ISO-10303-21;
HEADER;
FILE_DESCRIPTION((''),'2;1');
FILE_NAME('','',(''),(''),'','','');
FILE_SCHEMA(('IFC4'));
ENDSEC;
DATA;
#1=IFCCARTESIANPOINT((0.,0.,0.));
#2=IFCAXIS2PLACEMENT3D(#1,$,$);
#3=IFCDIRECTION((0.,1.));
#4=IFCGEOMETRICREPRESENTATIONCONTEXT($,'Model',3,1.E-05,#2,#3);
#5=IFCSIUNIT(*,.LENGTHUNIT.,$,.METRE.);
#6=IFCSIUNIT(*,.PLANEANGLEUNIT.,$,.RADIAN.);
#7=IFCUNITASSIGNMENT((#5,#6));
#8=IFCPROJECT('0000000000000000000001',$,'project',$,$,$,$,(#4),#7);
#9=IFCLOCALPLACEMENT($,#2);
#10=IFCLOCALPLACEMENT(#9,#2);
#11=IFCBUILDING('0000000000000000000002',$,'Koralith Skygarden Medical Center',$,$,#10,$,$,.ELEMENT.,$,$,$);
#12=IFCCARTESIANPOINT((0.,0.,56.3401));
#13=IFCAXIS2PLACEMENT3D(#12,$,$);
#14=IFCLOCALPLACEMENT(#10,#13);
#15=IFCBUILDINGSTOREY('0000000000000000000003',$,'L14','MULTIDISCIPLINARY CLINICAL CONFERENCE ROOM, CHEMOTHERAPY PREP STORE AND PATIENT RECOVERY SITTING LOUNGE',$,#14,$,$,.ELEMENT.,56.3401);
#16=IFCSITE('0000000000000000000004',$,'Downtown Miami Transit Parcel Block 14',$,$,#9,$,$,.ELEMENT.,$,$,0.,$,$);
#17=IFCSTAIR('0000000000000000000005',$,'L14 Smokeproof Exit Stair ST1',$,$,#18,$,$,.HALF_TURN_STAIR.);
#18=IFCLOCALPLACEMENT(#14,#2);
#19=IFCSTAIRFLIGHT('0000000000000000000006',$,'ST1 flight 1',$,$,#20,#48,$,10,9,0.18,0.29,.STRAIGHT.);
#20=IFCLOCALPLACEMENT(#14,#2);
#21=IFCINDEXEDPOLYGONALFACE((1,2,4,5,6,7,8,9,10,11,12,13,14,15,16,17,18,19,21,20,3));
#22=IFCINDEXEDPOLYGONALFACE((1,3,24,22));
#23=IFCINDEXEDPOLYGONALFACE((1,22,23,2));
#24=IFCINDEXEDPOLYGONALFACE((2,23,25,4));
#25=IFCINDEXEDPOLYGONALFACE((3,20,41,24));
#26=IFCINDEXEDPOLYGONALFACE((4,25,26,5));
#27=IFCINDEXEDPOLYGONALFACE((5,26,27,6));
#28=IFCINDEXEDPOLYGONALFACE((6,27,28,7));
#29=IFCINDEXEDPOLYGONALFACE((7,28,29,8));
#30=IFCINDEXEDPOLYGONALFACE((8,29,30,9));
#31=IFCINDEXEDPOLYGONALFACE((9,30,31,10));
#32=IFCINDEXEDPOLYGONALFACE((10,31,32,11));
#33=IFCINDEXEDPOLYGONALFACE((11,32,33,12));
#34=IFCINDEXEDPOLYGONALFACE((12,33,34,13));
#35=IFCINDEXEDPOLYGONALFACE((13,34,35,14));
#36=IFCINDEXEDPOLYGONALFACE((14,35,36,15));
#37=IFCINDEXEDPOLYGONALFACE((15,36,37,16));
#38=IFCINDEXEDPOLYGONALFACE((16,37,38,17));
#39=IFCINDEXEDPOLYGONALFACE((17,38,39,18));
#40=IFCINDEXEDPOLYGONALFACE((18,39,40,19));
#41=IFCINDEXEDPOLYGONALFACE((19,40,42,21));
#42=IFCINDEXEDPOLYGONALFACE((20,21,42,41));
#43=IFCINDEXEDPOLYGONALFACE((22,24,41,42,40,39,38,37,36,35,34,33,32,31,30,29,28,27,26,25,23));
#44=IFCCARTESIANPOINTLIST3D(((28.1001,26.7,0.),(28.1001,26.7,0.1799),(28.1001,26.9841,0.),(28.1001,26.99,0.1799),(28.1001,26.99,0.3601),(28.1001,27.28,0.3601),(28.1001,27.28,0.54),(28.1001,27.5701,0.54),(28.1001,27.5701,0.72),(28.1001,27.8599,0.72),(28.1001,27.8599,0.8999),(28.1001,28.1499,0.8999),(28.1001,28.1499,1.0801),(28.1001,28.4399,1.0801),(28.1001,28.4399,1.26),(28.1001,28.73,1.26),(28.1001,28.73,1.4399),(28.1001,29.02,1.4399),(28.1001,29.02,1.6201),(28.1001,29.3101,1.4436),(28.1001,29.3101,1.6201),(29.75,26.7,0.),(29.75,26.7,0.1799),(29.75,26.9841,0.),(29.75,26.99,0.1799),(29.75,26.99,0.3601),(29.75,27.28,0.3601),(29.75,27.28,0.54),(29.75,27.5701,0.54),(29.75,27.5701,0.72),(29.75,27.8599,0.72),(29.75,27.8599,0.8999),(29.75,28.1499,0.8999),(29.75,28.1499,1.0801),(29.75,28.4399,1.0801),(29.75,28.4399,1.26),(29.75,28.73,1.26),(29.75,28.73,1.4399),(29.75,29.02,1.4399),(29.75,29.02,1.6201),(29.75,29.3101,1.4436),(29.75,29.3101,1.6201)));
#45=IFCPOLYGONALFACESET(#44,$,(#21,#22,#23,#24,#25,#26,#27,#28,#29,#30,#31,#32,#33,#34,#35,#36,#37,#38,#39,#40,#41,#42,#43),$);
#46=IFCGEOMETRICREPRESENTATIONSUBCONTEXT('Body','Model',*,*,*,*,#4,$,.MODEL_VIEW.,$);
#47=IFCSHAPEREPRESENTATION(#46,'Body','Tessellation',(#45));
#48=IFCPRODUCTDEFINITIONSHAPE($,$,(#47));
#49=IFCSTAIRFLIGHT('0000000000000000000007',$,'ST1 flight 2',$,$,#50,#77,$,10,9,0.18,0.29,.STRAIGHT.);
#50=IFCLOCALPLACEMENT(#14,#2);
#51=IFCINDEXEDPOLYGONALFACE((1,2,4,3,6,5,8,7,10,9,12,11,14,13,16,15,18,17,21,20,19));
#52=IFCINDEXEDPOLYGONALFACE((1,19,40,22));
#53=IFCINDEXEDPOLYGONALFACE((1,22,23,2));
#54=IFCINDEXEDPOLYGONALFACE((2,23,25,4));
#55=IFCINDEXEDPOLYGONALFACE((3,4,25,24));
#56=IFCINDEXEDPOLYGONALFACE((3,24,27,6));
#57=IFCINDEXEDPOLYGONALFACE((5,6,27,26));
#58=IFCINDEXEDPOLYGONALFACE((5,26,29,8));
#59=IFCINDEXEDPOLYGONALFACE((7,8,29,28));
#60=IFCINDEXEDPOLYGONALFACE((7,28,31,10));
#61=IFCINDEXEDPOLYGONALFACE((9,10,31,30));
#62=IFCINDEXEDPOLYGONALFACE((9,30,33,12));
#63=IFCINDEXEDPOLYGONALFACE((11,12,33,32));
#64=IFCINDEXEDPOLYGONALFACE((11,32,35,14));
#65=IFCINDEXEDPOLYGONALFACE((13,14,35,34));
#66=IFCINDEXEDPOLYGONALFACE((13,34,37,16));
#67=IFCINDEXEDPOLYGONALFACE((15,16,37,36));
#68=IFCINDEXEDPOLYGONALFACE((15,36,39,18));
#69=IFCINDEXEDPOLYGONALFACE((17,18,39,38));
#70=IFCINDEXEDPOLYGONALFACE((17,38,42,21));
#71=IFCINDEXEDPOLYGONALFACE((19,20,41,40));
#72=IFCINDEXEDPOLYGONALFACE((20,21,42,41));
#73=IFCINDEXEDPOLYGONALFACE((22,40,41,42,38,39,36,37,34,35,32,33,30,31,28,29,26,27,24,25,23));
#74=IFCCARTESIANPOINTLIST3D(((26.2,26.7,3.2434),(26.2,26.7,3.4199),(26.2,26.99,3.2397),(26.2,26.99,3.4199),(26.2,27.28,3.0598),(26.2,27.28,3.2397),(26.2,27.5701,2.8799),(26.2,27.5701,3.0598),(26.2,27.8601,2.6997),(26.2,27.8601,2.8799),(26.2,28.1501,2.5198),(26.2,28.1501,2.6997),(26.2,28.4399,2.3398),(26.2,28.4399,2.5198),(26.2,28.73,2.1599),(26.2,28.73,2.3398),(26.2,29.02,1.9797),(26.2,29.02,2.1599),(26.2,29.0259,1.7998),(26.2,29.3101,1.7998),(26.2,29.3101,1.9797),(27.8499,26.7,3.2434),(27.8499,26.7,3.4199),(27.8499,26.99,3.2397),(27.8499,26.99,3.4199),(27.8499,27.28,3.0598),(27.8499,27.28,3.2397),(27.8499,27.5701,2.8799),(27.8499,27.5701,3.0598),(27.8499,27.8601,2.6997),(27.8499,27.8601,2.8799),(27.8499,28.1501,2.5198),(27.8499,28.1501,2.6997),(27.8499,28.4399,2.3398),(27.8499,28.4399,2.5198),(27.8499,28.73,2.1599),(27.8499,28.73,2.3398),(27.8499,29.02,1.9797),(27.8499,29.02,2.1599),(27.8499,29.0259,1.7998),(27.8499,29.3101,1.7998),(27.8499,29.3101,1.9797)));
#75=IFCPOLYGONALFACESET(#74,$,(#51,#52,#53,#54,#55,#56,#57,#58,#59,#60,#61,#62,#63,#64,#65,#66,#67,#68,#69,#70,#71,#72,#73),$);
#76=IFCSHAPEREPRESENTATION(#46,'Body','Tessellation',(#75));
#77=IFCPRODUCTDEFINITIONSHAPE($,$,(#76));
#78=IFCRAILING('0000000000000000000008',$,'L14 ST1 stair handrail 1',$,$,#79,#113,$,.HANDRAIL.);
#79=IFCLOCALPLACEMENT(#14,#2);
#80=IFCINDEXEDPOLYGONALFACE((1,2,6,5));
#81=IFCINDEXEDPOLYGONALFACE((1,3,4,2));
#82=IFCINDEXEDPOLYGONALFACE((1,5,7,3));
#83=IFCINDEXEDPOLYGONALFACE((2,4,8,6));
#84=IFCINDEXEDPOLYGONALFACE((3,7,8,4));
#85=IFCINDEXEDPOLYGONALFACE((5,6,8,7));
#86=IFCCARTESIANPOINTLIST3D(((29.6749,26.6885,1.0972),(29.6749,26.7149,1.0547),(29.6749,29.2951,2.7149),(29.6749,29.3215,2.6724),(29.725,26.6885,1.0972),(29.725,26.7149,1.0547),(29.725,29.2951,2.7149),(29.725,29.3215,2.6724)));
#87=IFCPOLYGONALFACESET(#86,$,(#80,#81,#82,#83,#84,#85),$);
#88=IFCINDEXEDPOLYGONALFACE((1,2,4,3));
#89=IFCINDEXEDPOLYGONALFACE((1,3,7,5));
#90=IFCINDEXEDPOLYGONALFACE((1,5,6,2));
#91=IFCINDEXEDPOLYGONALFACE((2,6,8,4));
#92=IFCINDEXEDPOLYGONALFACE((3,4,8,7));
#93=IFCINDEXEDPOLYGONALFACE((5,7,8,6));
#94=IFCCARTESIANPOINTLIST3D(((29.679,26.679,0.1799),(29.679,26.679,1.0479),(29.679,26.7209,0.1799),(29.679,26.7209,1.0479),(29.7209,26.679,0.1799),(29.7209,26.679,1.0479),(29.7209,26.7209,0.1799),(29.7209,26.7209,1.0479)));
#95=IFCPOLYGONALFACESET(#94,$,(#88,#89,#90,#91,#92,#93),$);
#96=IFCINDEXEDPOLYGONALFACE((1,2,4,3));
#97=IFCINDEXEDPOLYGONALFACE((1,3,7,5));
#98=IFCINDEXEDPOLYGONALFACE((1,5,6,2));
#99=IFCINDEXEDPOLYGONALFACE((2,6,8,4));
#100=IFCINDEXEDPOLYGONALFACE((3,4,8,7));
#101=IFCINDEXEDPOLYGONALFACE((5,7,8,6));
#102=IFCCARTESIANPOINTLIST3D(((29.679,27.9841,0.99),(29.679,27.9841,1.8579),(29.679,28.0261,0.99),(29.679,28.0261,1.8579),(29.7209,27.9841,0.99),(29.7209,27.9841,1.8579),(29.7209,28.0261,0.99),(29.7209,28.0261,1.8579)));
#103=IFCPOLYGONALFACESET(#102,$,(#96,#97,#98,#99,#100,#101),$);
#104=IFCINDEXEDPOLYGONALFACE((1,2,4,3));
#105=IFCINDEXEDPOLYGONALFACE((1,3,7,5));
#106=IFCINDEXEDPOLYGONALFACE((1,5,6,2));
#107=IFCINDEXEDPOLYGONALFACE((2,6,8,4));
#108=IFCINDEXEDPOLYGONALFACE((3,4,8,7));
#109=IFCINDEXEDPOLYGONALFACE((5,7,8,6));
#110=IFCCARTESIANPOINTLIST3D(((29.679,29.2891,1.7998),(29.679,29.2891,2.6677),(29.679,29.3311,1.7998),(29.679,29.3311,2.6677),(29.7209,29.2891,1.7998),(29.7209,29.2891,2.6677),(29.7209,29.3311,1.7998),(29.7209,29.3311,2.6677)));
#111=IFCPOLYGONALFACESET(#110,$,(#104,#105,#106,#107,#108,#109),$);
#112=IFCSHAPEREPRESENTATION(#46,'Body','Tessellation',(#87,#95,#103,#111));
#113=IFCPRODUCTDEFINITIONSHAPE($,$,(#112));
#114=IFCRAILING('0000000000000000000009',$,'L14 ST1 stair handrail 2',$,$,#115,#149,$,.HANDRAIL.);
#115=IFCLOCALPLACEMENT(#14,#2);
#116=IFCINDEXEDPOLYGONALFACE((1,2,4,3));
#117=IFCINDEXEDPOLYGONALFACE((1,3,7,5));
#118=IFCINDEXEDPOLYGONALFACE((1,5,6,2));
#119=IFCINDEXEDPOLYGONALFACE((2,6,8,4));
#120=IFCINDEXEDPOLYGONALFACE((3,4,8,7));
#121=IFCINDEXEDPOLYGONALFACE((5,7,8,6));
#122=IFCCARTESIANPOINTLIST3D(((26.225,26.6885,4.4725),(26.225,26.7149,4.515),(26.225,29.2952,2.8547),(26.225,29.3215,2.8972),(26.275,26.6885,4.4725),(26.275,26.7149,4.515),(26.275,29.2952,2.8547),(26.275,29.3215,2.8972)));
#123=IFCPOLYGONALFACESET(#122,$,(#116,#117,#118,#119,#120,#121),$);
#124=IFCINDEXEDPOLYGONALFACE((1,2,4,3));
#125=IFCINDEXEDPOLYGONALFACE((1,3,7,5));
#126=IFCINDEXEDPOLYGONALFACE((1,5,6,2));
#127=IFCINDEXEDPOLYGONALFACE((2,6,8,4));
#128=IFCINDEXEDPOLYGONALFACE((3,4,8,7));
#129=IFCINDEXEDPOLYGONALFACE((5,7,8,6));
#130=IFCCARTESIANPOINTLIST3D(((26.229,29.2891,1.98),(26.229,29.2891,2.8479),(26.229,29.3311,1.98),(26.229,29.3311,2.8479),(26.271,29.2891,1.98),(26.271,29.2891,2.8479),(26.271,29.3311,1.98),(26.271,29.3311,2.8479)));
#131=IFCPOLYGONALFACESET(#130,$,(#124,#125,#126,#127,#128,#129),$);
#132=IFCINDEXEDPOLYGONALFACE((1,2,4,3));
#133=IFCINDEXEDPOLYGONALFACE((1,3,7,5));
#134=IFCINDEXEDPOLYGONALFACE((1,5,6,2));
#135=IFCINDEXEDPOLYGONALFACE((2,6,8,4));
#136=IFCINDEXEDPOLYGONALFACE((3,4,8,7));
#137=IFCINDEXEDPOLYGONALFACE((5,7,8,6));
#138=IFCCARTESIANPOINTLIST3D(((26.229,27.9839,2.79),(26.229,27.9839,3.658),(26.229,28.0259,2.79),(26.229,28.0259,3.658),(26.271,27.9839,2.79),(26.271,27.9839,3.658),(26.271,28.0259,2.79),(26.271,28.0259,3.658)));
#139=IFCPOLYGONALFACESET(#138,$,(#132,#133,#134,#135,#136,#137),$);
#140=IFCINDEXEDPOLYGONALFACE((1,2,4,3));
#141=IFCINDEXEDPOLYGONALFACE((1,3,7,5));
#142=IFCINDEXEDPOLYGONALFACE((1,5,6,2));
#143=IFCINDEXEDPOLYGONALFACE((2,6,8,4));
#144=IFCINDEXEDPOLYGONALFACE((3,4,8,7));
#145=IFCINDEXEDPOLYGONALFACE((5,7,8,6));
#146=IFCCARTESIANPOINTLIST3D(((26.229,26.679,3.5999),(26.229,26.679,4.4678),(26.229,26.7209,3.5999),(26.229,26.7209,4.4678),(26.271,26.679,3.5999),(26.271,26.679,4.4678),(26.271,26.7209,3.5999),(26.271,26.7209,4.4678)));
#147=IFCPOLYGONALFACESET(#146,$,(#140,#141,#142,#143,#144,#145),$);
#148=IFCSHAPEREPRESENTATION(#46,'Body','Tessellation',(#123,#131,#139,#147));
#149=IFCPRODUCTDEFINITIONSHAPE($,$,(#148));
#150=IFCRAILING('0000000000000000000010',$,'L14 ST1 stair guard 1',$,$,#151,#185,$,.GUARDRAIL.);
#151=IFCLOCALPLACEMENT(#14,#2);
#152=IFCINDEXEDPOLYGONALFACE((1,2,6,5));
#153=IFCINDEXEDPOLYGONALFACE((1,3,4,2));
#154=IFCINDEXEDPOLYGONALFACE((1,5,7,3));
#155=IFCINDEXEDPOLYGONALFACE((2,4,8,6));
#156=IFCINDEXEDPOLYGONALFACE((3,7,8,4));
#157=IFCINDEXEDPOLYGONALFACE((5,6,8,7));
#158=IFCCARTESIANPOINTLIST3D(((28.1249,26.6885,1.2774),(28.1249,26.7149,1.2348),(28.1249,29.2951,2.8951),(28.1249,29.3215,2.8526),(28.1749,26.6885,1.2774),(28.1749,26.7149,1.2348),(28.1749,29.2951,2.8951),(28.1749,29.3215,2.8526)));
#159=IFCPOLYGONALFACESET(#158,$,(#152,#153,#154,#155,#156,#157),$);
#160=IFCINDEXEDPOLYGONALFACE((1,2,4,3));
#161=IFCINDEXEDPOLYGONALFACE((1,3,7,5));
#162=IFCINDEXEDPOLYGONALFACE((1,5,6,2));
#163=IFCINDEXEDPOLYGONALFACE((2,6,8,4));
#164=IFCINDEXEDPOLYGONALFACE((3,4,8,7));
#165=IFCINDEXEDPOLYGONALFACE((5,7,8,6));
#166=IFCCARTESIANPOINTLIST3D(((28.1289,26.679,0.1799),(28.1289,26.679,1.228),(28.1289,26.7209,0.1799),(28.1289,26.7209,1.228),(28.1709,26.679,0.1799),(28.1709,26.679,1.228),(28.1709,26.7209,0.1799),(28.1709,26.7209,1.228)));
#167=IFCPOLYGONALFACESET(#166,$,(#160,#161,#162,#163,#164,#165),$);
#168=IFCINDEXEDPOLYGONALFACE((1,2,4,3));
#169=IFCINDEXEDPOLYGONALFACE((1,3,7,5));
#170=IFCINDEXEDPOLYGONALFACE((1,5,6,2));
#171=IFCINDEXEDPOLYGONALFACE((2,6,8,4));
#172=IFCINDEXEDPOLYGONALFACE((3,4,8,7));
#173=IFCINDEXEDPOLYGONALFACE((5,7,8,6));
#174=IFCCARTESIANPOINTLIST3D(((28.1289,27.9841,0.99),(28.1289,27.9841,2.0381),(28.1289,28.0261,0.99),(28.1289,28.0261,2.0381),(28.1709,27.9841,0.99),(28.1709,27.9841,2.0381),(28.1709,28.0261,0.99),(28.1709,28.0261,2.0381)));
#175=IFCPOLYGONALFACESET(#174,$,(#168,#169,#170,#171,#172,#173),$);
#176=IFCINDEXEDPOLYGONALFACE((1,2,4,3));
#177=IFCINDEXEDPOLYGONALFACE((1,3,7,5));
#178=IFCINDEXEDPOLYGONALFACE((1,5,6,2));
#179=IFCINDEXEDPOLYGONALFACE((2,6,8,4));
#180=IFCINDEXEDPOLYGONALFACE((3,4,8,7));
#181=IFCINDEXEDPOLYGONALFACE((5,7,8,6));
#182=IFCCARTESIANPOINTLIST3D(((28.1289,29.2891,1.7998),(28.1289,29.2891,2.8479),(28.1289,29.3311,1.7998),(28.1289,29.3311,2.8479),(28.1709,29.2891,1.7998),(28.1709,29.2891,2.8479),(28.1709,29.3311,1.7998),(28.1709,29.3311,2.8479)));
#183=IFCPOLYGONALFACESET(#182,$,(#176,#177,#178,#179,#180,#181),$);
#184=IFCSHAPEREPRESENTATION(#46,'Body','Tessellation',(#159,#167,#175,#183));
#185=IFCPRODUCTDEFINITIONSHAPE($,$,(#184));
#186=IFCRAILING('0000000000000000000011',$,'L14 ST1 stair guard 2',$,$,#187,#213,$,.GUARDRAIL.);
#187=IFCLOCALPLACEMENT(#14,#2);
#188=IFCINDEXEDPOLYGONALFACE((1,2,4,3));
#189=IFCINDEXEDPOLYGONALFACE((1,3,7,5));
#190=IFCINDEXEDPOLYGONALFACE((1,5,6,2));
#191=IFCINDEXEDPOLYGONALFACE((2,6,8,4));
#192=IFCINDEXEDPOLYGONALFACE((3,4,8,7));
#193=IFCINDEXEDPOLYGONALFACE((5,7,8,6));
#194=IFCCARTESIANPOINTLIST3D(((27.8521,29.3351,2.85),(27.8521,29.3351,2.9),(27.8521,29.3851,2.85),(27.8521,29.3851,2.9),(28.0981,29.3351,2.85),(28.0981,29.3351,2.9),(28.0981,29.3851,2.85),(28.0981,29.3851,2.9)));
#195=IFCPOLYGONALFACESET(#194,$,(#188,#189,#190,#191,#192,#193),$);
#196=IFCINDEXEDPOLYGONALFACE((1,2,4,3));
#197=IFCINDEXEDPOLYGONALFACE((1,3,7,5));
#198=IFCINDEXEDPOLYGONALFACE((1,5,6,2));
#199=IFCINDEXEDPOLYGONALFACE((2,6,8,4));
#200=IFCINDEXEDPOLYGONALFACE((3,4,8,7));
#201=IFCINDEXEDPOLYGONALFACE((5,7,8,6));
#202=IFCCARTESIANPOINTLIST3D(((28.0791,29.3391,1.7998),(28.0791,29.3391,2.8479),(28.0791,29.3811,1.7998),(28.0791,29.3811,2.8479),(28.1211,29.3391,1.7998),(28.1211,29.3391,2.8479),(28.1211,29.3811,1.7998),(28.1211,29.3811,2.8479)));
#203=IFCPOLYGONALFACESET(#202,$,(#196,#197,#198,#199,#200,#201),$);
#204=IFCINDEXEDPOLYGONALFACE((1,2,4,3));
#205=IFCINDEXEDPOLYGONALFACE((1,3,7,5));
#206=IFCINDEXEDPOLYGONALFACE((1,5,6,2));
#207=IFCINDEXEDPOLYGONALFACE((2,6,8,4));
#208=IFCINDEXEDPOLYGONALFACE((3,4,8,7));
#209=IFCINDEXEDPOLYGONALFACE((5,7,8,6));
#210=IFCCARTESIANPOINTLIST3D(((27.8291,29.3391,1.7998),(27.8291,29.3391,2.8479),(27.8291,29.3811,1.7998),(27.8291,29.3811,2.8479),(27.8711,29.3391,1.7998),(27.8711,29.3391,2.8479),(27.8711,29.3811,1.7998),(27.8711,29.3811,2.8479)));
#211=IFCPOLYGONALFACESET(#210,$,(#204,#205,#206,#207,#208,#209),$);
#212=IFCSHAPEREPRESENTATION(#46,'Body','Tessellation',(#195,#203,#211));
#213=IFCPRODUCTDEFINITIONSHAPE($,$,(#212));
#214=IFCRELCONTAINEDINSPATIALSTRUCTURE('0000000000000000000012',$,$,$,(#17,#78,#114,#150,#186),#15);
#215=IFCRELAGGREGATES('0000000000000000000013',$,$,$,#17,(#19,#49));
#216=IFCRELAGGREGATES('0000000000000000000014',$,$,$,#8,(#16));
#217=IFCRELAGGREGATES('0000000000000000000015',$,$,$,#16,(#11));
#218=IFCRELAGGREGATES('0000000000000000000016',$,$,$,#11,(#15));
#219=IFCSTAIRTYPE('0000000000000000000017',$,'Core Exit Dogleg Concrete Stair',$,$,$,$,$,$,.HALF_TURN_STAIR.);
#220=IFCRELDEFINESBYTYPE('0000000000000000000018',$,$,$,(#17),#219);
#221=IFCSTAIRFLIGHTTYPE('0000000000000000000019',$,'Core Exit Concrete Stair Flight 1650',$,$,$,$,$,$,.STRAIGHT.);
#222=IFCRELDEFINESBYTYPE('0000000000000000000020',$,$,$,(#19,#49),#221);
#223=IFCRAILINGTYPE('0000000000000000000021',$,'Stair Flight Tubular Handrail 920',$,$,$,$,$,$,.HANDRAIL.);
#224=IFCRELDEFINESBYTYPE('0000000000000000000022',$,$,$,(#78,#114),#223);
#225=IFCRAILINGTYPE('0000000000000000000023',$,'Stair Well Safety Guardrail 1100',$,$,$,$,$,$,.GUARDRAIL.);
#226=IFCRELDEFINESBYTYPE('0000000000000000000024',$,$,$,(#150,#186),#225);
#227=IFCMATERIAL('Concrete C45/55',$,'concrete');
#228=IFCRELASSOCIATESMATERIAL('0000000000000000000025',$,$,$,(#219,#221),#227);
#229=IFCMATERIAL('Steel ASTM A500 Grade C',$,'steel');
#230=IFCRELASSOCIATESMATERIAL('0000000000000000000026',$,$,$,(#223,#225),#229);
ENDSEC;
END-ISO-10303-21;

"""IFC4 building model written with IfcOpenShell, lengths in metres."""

from ifc_helpers import new_model, si_unit, direction, frame, origin, origin_2d, place, context, subcontext, project, spatial, polyline, rectangle, outline, extrude, material, type_object, element, aggregate, save


model = new_model("IFC4")

# Units and contexts
model_context = context("Model", 3, precision=1e-05, world=origin(), true_north=direction((0.0, 1.0)))
body_context = subcontext(model_context, "Body", "Model", "MODEL_VIEW")
ifc_project = project(units=[si_unit("LENGTHUNIT", "METRE"), si_unit("PLANEANGLEUNIT", "RADIAN")], contexts=[model_context])

# Site, building, storey
site_placement = place(None, origin())
site = spatial("IfcSite", under=ifc_project, at=site_placement, Name="Downtown Miami Transit Parcel Block 14", CompositionType="ELEMENT", RefElevation=0.0)
building_placement = place(site_placement, origin())
building = spatial("IfcBuilding", under=site, at=building_placement, Name="Koralith Skygarden Medical Center", CompositionType="ELEMENT")
storey_placement = place(building_placement, frame((0.0, 0.0, 56.3401)))
storey = spatial("IfcBuildingStorey", under=building, at=storey_placement, Name="L14", Description="MULTIDISCIPLINARY CLINICAL CONFERENCE ROOM, CHEMOTHERAPY PREP STORE AND PATIENT RECOVERY SITTING LOUNGE", CompositionType="ELEMENT", Elevation=56.3401)

# Shared definitions
ifc_material_1 = material(Name="Concrete C45/55", Category="concrete")

# Shared definitions
ifc_material_2 = material(Name="Steel ASTM A500 Grade C", Category="steel")

# Stair, stair flights
stair_type = type_object("IfcStairType", Name="Core Exit Dogleg Concrete Stair", PredefinedType="HALF_TURN_STAIR", material=ifc_material_1)
stair_placement = place(storey_placement, origin())
stair = element("IfcStair", 1, at=stair_placement, inside=storey, type_object=stair_type, Name="L14 Smokeproof Exit Stair ST1", PredefinedType="HALF_TURN_STAIR")
stair_flight_type = type_object("IfcStairFlightType", Name="Core Exit Concrete Stair Flight 1650", PredefinedType="STRAIGHT", material=ifc_material_1)
stair_flight_1_placement = place(storey_placement, frame((28.925, 26.7, 0.0), z_axis=(0.0, 0.0, 1.0), x_axis=(0.0, 1.0, 0.0)))
stair_flight_1 = element("IfcStairFlight", 2, at=stair_flight_1_placement, type_object=stair_flight_type, Name="ST1 flight 1", NumberOfRisers=10, NumberOfTreads=9, PredefinedType="STRAIGHT", RiserHeight=0.18, TreadLength=0.29, context=body_context, shape_type="SweptSolid", body=[
    extrude(outline(polyline([(0.0, 0.0), (0.0, 0.1799), (0.29, 0.1799), (0.29, 0.3601), (0.5801, 0.3601), (0.5801, 0.54), (0.8701, 0.54), (0.8701, 0.72), (1.1599, 0.72), (1.1599, 0.8999), (1.45, 0.8999), (1.45, 1.0801), (1.74, 1.0801), (1.74, 1.26), (2.03, 1.26), (2.03, 1.4399), (2.3201, 1.4399), (2.3201, 1.6201), (2.6101, 1.6201), (2.6101, 1.8), (2.6101, 1.4436), (0.2842, 0.0), (0.0, 0.0)])), frame((0.0, 0.825, 0.0), z_axis=(0.0, -1.0, 0.0), x_axis=(1.0, 0.0, 0.0)), (0.0, 0.0, 1.0), 1.6499),
])
stair_flight_2_placement = place(storey_placement, frame((27.0249, 29.3101, 1.7998), z_axis=(0.0, 0.0, 1.0), x_axis=(0.0, -1.0, 0.0)))
stair_flight_2 = element("IfcStairFlight", 3, at=stair_flight_2_placement, type_object=stair_flight_type, Name="ST1 flight 2", NumberOfRisers=10, NumberOfTreads=9, PredefinedType="STRAIGHT", RiserHeight=0.18, TreadLength=0.29, context=body_context, shape_type="SweptSolid", body=[
    extrude(outline(polyline([(0.0, 0.0), (0.0, 0.1799), (0.29, 0.1799), (0.29, 0.3601), (0.5801, 0.3601), (0.5801, 0.54), (0.8701, 0.54), (0.8701, 0.72), (1.1599, 0.72), (1.1599, 0.8999), (1.45, 0.8999), (1.45, 1.0801), (1.74, 1.0801), (1.74, 1.26), (2.03, 1.26), (2.03, 1.4399), (2.3201, 1.4399), (2.3201, 1.6201), (2.6101, 1.6201), (2.6101, 1.8), (2.6101, 1.4436), (0.2842, 0.0), (0.0, 0.0)])), frame((0.0, 0.825, 0.0), z_axis=(0.0, -1.0, 0.0), x_axis=(1.0, 0.0, 0.0)), (0.0, 0.0, 1.0), 1.6499),
])
aggregate(stair, [stair_flight_1, stair_flight_2])

# Railings
railing_type_1 = type_object("IfcRailingType", Name="Stair Flight Tubular Handrail 920", PredefinedType="HANDRAIL", material=ifc_material_2)
railing_1_placement = place(storey_placement, frame((29.7, 26.7, 0.1799)))
element("IfcRailing", 4, at=railing_1_placement, inside=storey, type_object=railing_type_1, Name="L14 ST1 stair handrail 1", PredefinedType="HANDRAIL", context=body_context, shape_type="SweptSolid", body=[
    extrude(rectangle(XDim=0.05, YDim=0.05, at=origin_2d()), frame((0.0, 0.0017, 0.896), z_axis=(0.0, 0.849668, 0.527317), x_axis=(-1.0, 0.0, 0.0)), (0.0, 0.0, 1.0), 3.0679),
    extrude(rectangle(XDim=0.042, YDim=0.042, at=origin_2d()), origin(), (0.0, 0.0, 1.0), 0.8679),
    extrude(rectangle(XDim=0.042, YDim=0.042, at=origin_2d()), frame((0.0, 1.3052, 0.8101)), (0.0, 0.0, 1.0), 0.8679),
    extrude(rectangle(XDim=0.042, YDim=0.042, at=origin_2d()), frame((0.0, 2.6101, 1.6199)), (0.0, 0.0, 1.0), 0.8679),
])
railing_2_placement = place(storey_placement, frame((26.25, 29.3101, 1.98)))
element("IfcRailing", 5, at=railing_2_placement, inside=storey, type_object=railing_type_1, Name="L14 ST1 stair handrail 2", PredefinedType="HANDRAIL", context=body_context, shape_type="SweptSolid", body=[
    extrude(rectangle(XDim=0.05, YDim=0.05, at=origin_2d()), frame((0.0, -0.0017, 0.896), z_axis=(0.0, -0.849668, 0.527317), x_axis=(1.0, 0.0, 0.0)), (0.0, 0.0, 1.0), 3.0679),
    extrude(rectangle(XDim=0.042, YDim=0.042, at=origin_2d()), origin(), (0.0, 0.0, 1.0), 0.8679),
    extrude(rectangle(XDim=0.042, YDim=0.042, at=origin_2d()), frame((0.0, -1.3052, 0.8101)), (0.0, 0.0, 1.0), 0.8679),
    extrude(rectangle(XDim=0.042, YDim=0.042, at=origin_2d()), frame((0.0, -2.6101, 1.6199)), (0.0, 0.0, 1.0), 0.8679),
])
railing_type_2 = type_object("IfcRailingType", Name="Stair Well Safety Guardrail 1100", PredefinedType="GUARDRAIL", material=ifc_material_2)
railing_3_placement = place(storey_placement, frame((28.1499, 26.7, 0.1799)))
element("IfcRailing", 6, at=railing_3_placement, inside=storey, type_object=railing_type_2, Name="L14 ST1 stair guard 1", PredefinedType="GUARDRAIL", context=body_context, shape_type="SweptSolid", body=[
    extrude(rectangle(XDim=0.05, YDim=0.05, at=origin_2d()), frame((0.0, 0.0017, 1.0762), z_axis=(0.0, 0.849668, 0.527317), x_axis=(-1.0, 0.0, 0.0)), (0.0, 0.0, 1.0), 3.0679),
    extrude(rectangle(XDim=0.042, YDim=0.042, at=origin_2d()), origin(), (0.0, 0.0, 1.0), 1.0481),
    extrude(rectangle(XDim=0.042, YDim=0.042, at=origin_2d()), frame((0.0, 1.3052, 0.8101)), (0.0, 0.0, 1.0), 1.0481),
    extrude(rectangle(XDim=0.042, YDim=0.042, at=origin_2d()), frame((0.0, 2.6101, 1.6199)), (0.0, 0.0, 1.0), 1.0481),
])
railing_4_placement = place(storey_placement, frame((28.1001, 29.3601, 1.7998)))
element("IfcRailing", 7, at=railing_4_placement, inside=storey, type_object=railing_type_2, Name="L14 ST1 stair guard 2", PredefinedType="GUARDRAIL", context=body_context, shape_type="SweptSolid", body=[
    extrude(rectangle(XDim=0.05, YDim=0.05, at=origin_2d()), frame((-0.002, 0.0, 1.0752), z_axis=(-1.0, 0.0, 0.0), x_axis=(0.0, -1.0, 0.0)), (0.0, 0.0, 1.0), 0.2461),
    extrude(rectangle(XDim=0.042, YDim=0.042, at=origin_2d()), origin(), (0.0, 0.0, 1.0), 1.0481),
    extrude(rectangle(XDim=0.042, YDim=0.042, at=origin_2d()), frame((-0.25, 0.0, 0.0)), (0.0, 0.0, 1.0), 1.0481),
])

save(model, "model.ifc")
